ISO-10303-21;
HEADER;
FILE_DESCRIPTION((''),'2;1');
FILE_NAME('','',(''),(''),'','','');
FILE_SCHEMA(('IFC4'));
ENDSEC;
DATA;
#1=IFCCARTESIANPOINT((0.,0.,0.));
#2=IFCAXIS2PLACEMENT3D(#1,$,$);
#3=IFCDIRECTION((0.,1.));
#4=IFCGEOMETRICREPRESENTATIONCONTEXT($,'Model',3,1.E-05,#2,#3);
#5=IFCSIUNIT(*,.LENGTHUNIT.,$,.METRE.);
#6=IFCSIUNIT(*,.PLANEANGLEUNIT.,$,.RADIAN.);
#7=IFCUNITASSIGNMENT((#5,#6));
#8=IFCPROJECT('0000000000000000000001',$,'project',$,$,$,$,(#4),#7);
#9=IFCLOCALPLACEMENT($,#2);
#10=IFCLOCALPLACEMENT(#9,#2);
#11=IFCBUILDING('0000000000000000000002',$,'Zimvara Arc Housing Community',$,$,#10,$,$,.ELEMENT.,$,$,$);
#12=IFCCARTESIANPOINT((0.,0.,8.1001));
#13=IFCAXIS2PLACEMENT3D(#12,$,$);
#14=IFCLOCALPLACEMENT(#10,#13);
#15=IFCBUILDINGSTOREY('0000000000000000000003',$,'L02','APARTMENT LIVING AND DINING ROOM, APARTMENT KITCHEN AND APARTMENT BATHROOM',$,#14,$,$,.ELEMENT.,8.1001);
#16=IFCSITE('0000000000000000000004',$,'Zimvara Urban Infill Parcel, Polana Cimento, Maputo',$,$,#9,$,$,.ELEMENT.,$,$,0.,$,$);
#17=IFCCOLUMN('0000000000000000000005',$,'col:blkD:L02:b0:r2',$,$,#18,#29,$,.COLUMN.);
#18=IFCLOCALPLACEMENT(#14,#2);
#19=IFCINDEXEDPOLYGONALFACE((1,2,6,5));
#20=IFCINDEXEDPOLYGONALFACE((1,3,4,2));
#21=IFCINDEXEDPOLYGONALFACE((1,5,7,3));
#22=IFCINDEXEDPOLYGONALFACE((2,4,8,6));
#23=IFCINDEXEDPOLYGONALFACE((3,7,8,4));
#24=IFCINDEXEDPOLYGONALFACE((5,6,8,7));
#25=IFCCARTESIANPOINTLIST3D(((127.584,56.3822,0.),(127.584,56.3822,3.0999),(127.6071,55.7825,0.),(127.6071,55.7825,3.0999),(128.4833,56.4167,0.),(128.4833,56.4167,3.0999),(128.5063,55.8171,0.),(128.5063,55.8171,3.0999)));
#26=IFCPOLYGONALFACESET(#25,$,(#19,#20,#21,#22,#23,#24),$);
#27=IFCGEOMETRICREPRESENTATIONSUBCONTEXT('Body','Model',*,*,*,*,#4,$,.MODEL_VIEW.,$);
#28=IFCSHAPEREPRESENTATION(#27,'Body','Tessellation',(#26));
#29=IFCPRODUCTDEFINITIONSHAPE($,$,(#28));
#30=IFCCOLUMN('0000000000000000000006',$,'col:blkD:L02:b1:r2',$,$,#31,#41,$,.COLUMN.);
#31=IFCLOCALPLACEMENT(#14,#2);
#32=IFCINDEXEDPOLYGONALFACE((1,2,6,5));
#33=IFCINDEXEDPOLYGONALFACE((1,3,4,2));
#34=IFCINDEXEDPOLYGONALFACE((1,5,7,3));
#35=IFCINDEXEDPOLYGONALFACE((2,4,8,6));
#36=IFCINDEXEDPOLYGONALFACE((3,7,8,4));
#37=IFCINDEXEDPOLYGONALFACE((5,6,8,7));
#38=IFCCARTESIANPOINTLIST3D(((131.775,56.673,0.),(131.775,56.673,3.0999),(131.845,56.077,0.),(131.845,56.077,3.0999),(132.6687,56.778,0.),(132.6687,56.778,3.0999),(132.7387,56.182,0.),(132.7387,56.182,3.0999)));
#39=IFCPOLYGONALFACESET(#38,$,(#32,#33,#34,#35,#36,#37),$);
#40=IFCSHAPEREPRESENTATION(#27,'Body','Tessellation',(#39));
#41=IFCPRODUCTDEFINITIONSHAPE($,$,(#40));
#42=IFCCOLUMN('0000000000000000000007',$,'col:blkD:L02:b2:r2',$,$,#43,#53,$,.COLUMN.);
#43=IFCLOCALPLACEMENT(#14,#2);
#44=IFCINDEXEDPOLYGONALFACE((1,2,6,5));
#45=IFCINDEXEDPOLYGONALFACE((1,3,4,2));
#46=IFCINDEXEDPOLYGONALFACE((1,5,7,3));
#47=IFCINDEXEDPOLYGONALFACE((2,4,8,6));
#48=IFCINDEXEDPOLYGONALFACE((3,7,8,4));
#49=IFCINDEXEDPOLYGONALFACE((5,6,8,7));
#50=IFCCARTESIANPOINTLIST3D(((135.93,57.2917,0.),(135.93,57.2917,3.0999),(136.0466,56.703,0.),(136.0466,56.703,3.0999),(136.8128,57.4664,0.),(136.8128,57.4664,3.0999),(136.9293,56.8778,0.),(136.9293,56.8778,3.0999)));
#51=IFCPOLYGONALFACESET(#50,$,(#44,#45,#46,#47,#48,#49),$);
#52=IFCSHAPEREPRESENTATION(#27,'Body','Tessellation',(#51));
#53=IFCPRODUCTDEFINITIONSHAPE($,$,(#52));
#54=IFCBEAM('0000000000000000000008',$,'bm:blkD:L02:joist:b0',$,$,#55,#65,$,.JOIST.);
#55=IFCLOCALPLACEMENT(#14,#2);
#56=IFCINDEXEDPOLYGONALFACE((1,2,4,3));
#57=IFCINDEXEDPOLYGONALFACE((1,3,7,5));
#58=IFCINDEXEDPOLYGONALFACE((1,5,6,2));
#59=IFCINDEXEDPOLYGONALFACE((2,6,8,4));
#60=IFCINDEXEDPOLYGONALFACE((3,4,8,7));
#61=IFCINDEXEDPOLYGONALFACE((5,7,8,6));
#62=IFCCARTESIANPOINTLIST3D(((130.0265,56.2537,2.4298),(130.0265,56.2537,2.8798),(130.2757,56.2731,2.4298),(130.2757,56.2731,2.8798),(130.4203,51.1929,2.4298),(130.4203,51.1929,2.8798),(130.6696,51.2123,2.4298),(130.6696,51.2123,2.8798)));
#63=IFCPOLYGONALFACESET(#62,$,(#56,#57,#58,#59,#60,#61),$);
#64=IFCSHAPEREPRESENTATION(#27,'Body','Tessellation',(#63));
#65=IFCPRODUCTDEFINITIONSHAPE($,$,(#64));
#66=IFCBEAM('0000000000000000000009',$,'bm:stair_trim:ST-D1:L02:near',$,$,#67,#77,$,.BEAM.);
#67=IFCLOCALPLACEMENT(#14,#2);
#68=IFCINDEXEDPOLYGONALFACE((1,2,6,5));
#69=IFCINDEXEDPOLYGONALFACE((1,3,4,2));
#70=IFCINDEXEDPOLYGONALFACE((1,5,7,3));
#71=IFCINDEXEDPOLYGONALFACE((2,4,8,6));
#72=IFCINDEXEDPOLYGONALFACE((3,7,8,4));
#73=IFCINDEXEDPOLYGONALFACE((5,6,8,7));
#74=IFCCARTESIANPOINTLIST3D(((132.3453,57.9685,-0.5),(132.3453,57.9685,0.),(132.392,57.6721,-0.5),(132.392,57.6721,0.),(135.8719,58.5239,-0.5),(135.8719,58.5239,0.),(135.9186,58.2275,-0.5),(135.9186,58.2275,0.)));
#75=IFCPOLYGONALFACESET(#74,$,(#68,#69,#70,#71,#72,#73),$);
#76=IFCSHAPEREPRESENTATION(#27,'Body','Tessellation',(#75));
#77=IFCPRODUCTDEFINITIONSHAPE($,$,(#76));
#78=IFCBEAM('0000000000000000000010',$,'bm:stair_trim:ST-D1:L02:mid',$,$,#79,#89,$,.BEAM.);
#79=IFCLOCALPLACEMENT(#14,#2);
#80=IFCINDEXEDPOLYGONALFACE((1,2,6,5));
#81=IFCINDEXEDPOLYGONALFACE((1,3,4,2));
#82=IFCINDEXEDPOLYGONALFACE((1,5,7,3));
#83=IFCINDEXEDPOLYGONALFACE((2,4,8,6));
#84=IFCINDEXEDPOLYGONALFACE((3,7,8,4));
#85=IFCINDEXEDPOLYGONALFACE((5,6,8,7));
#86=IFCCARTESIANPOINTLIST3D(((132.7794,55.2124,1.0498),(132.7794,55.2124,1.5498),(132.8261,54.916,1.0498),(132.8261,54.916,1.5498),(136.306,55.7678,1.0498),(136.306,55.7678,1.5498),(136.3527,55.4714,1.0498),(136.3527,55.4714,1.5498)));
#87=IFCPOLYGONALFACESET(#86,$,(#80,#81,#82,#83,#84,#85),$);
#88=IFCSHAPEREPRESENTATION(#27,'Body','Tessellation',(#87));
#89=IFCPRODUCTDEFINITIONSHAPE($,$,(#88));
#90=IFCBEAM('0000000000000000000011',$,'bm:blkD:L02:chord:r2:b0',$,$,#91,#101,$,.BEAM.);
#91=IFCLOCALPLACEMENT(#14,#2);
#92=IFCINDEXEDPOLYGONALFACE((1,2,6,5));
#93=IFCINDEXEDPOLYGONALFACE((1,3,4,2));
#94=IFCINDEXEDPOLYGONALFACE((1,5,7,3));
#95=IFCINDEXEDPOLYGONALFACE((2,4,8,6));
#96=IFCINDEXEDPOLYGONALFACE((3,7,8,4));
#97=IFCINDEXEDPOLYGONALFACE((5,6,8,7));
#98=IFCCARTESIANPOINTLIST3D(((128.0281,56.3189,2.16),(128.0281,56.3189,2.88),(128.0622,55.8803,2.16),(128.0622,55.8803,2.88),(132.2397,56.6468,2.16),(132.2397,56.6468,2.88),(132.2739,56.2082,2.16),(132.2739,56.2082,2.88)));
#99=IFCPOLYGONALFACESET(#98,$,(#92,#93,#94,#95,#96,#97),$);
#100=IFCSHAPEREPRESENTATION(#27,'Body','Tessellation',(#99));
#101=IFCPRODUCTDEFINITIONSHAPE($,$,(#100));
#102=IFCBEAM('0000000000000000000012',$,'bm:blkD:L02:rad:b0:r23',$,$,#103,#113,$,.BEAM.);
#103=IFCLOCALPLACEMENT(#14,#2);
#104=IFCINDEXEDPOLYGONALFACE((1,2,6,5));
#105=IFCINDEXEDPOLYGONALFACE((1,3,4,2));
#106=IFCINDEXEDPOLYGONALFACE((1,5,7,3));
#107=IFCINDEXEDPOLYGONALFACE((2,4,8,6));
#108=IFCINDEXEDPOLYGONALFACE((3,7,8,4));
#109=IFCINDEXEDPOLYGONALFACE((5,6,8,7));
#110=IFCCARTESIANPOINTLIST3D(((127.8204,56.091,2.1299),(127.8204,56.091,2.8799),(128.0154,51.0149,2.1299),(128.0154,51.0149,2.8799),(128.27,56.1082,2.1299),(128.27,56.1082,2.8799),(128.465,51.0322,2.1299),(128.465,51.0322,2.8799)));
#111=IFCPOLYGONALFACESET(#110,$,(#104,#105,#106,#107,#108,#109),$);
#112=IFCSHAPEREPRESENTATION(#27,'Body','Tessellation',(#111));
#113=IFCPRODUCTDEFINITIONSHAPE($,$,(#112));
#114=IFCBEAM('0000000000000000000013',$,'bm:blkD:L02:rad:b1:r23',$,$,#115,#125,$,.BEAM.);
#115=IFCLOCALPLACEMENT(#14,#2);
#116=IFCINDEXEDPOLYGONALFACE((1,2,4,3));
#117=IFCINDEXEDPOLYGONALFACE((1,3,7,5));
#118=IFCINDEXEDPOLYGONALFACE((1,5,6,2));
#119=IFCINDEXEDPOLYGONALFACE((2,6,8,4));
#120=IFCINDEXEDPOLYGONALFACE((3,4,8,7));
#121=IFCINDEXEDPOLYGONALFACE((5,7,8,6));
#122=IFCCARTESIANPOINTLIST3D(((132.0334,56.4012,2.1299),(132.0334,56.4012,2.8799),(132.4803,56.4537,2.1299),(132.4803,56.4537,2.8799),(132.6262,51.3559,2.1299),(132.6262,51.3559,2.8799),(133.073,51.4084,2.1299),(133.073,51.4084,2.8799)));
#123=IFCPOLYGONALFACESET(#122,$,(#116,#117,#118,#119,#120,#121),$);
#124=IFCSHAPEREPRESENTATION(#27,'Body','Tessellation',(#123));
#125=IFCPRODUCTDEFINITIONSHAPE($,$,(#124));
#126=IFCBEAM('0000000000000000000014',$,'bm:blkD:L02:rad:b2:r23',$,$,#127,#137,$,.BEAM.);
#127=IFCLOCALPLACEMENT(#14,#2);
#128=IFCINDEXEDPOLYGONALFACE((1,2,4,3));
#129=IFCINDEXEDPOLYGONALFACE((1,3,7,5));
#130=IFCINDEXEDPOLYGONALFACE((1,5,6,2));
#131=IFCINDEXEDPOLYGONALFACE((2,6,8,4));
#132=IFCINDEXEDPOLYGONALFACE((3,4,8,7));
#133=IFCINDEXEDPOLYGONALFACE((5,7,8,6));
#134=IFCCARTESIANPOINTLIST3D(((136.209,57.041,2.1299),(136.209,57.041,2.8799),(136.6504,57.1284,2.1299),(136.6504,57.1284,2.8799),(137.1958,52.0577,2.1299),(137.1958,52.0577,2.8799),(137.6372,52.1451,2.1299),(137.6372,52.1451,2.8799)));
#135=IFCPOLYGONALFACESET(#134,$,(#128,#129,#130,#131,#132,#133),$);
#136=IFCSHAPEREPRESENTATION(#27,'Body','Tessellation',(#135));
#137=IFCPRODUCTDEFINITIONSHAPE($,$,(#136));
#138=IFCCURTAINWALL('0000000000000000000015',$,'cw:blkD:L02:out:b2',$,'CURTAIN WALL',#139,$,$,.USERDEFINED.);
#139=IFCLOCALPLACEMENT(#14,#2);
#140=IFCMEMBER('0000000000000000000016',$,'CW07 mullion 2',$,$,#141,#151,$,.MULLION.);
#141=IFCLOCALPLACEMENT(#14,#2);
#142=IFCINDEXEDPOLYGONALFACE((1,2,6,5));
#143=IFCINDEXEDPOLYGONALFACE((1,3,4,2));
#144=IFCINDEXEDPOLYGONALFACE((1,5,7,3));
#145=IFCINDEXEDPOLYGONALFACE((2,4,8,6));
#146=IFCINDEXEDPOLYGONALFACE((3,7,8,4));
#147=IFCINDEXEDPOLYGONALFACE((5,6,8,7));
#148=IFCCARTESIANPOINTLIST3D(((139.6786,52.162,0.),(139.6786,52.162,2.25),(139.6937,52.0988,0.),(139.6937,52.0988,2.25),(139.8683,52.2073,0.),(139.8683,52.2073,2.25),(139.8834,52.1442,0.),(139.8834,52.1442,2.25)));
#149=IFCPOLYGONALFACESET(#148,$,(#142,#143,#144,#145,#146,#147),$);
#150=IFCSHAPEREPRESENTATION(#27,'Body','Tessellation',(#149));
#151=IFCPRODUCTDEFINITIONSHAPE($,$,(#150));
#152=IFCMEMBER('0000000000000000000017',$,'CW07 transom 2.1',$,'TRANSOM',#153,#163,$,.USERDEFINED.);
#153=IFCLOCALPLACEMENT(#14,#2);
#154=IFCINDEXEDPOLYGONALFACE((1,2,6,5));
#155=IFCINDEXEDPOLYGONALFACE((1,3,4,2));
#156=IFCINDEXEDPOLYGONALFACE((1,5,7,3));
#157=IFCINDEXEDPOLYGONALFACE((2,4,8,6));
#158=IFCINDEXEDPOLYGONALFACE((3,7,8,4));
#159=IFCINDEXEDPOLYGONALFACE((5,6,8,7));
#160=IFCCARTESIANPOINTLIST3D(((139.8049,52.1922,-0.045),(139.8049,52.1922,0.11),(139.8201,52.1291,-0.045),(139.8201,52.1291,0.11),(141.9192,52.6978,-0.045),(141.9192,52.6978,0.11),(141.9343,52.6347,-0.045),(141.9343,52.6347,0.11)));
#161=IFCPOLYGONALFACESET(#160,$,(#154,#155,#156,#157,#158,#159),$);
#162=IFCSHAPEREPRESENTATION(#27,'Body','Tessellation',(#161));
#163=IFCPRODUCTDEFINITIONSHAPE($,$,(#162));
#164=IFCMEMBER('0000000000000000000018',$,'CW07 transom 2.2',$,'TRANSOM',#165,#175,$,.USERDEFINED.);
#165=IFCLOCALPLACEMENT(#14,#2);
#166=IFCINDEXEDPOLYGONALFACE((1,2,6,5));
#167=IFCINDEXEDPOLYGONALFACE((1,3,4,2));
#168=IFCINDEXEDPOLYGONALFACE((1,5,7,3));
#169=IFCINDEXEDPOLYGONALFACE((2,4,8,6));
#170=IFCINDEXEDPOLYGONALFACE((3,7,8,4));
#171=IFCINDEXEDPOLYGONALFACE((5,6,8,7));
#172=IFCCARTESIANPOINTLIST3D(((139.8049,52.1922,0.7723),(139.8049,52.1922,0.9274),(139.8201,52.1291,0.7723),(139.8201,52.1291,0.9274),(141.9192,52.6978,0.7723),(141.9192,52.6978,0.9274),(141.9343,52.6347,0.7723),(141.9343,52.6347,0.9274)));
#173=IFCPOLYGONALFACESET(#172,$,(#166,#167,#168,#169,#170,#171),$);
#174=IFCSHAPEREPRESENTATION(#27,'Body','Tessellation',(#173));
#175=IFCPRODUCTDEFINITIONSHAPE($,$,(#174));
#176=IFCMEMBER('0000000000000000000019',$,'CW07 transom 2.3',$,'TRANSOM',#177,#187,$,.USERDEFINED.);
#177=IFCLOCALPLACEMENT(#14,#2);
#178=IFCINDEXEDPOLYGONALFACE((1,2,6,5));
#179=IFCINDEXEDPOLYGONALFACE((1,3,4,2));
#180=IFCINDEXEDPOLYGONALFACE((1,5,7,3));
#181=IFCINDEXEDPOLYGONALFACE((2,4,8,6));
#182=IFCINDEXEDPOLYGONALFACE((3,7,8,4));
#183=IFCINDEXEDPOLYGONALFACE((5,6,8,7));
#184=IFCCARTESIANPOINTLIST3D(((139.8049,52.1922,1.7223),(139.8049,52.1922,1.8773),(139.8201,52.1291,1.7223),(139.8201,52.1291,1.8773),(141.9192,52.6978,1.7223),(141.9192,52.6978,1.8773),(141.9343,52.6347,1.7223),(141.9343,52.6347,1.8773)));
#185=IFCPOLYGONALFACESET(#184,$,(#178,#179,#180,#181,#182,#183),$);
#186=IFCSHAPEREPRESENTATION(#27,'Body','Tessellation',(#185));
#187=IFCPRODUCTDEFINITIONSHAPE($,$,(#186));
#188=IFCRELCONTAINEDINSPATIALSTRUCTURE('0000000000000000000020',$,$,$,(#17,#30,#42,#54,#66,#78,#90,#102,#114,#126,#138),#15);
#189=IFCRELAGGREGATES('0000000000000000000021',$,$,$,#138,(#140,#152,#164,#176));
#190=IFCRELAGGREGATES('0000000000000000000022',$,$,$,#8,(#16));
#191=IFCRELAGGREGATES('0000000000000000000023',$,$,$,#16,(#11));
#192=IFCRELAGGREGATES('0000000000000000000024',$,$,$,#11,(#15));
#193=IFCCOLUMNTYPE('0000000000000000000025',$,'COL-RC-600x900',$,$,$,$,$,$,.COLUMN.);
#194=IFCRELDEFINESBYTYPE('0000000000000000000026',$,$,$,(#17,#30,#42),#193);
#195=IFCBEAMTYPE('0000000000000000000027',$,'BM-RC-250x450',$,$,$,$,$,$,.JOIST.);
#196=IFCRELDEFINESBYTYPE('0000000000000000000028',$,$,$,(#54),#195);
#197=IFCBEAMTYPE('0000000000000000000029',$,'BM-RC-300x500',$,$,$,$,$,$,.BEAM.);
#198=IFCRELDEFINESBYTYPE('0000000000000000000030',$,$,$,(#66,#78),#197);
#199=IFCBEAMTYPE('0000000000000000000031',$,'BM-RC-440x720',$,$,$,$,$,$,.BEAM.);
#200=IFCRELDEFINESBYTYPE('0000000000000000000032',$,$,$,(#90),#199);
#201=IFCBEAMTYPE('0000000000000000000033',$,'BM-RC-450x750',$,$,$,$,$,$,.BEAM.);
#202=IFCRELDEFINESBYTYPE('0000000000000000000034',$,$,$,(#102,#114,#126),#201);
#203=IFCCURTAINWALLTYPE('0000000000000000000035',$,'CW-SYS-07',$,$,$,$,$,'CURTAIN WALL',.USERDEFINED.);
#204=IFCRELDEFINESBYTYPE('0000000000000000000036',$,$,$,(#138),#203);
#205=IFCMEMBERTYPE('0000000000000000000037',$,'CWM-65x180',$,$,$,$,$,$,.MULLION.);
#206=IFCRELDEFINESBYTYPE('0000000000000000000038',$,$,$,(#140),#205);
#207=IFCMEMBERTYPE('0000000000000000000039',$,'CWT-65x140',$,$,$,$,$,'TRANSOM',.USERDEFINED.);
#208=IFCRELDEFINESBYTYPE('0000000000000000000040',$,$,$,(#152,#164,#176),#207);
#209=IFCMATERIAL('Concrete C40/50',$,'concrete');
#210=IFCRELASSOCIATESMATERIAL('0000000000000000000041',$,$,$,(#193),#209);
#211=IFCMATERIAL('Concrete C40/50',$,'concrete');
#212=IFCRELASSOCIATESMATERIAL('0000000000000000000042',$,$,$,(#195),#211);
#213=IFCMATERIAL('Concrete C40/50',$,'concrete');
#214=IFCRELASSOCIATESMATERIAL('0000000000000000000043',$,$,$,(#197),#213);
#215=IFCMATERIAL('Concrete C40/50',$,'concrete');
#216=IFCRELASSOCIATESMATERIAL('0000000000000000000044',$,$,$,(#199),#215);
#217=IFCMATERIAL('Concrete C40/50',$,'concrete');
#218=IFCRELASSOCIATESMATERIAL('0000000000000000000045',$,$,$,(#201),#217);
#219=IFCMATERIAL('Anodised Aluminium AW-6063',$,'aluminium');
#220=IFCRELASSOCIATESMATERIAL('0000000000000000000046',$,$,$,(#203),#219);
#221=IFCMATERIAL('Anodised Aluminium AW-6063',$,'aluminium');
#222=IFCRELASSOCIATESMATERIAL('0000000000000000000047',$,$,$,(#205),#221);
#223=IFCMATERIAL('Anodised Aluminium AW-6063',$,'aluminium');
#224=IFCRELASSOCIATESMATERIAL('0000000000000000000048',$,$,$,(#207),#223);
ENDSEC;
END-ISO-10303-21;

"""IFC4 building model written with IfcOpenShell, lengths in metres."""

from ifc_helpers import new_model, si_unit, direction, frame, origin, origin_2d, place, context, subcontext, project, spatial, rectangle, extrude, material, material_profile, profile_set, type_object, element, aggregate, save


model = new_model("IFC4")

# Units and contexts
model_context = context("Model", 3, precision=1e-05, world=origin(), true_north=direction((0.0, 1.0)))
body_context = subcontext(model_context, "Body", "Model", "MODEL_VIEW")
ifc_project = project(units=[si_unit("LENGTHUNIT", "METRE"), si_unit("PLANEANGLEUNIT", "RADIAN")], contexts=[model_context])

# Site, building, storey
site_placement = place(None, origin())
site = spatial("IfcSite", under=ifc_project, at=site_placement, Name="Zimvara Urban Infill Parcel, Polana Cimento, Maputo", CompositionType="ELEMENT", RefElevation=0.0)
building_placement = place(site_placement, origin())
building = spatial("IfcBuilding", under=site, at=building_placement, Name="Zimvara Arc Housing Community", CompositionType="ELEMENT")
storey_placement = place(building_placement, frame((0.0, 0.0, 8.1001)))
storey = spatial("IfcBuildingStorey", under=building, at=storey_placement, Name="L02", Description="APARTMENT LIVING AND DINING ROOM, APARTMENT KITCHEN AND APARTMENT BATHROOM", CompositionType="ELEMENT", Elevation=8.1001)

# Columns
ifc_material_1 = material(Name="Concrete C40/50", Category="concrete")
ifc_material_profile_1 = material_profile(ifc_material_1, rectangle(XDim=0.6001, YDim=0.8999, at=origin_2d()), Name="RC 600x900")
ifc_profile_set_1 = profile_set([ifc_material_profile_1], Name="Concrete C40/50")
column_type = type_object("IfcColumnType", Name="COL-RC-600x900", PredefinedType="COLUMN", material=ifc_profile_set_1)
for number, where, z_axis, x_axis, name in (
    (1, (128.0452, 56.0996, 0.0), (0.0, 0.0, 1.0), (0.038388, -0.999263, 0.0), "col:blkD:L02:b0:r2"),
    (2, (132.2568, 56.4275, 0.0), (0.0, 0.0, 1.0), (0.116671, -0.993171, 0.0), "col:blkD:L02:b1:r2"),
    (3, (136.4297, 57.0847, 0.0), (0.0, 0.0, 1.0), (0.194234, -0.980955, 0.0), "col:blkD:L02:b2:r2"),
):
    element("IfcColumn", number, at=place(storey_placement, frame(where, z_axis=z_axis, x_axis=x_axis)), inside=storey, type_object=column_type, Name=name, PredefinedType="COLUMN", context=body_context, shape_type="SweptSolid", body=[
        extrude(rectangle(XDim=0.6001, YDim=0.8999, at=origin_2d()), origin(), (0.0, 0.0, 1.0), 3.0999),
    ])

# Beams
ifc_material_2 = material(Name="Concrete C40/50", Category="concrete")
ifc_material_profile_2 = material_profile(ifc_material_2, rectangle(XDim=0.25, YDim=0.45, at=origin_2d()), Name="RC 250x450")
ifc_profile_set_2 = profile_set([ifc_material_profile_2], Name="Concrete C40/50")
beam_type_1 = type_object("IfcBeamType", Name="BM-RC-250x450", PredefinedType="JOIST", material=ifc_profile_set_2)
beam_1_placement = place(storey_placement, frame((130.1511, 56.2634, 2.6548), z_axis=(0.077579, -0.996986, 0.0), x_axis=(0.996986, 0.077579, 0.0)))
element("IfcBeam", 4, at=beam_1_placement, inside=storey, type_object=beam_type_1, Name="bm:blkD:L02:joist:b0", PredefinedType="JOIST", context=body_context, shape_type="SweptSolid", body=[
    extrude(rectangle(XDim=0.25, YDim=0.45, at=origin_2d()), origin(), (0.0, 0.0, 1.0), 5.0762),
])
ifc_material_3 = material(Name="Concrete C40/50", Category="concrete")
ifc_material_profile_3 = material_profile(ifc_material_3, rectangle(XDim=0.3, YDim=0.5, at=origin_2d()), Name="RC 300x500")
ifc_profile_set_3 = profile_set([ifc_material_profile_3], Name="Concrete C40/50")
beam_type_2 = type_object("IfcBeamType", Name="BM-RC-300x500", PredefinedType="BEAM", material=ifc_profile_set_3)
for number, where, z_axis, x_axis, name in (
    (5, (132.3687, 57.8203, -0.25), (0.987824, 0.155576, 0.0), (-0.155576, 0.987824, 0.0), "bm:stair_trim:ST-D1:L02:near"),
    (6, (132.8027, 55.0642, 1.2998), (0.987824, 0.155576, 0.0), (-0.155576, 0.987824, 0.0), "bm:stair_trim:ST-D1:L02:mid"),
):
    element("IfcBeam", number, at=place(storey_placement, frame(where, z_axis=z_axis, x_axis=x_axis)), inside=storey, type_object=beam_type_2, Name=name, PredefinedType="BEAM", context=body_context, shape_type="SweptSolid", body=[
        extrude(rectangle(XDim=0.3, YDim=0.5, at=origin_2d()), origin(), (0.0, 0.0, 1.0), 3.5701),
    ])
ifc_material_4 = material(Name="Concrete C40/50", Category="concrete")
ifc_material_profile_4 = material_profile(ifc_material_4, rectangle(XDim=0.4399, YDim=0.72, at=origin_2d()), Name="RC 440x720")
ifc_profile_set_4 = profile_set([ifc_material_profile_4], Name="Concrete C40/50")
beam_type_3 = type_object("IfcBeamType", Name="BM-RC-440x720", PredefinedType="BEAM", material=ifc_profile_set_4)
beam_2_placement = place(storey_placement, frame((128.0452, 56.0996, 2.52), z_axis=(0.996983, 0.077616, 0.0), x_axis=(-0.077616, 0.996983, 0.0)))
element("IfcBeam", 7, at=beam_2_placement, inside=storey, type_object=beam_type_3, Name="bm:blkD:L02:chord:r2:b0", PredefinedType="BEAM", context=body_context, shape_type="SweptSolid", body=[
    extrude(rectangle(XDim=0.4399, YDim=0.72, at=origin_2d()), origin(), (0.0, 0.0, 1.0), 4.2244),
])
ifc_material_5 = material(Name="Concrete C40/50", Category="concrete")
ifc_material_profile_5 = material_profile(ifc_material_5, rectangle(XDim=0.45, YDim=0.75, at=origin_2d()), Name="RC 450x750")
ifc_profile_set_5 = profile_set([ifc_material_profile_5], Name="Concrete C40/50")
beam_type_4 = type_object("IfcBeamType", Name="BM-RC-450x750", PredefinedType="BEAM", material=ifc_profile_set_5)
beam_3_placement = place(storey_placement, frame((128.0452, 56.0996, 2.5049), z_axis=(0.0384, -0.999262, 0.0), x_axis=(0.999262, 0.0384, 0.0)))
element("IfcBeam", 8, at=beam_3_placement, inside=storey, type_object=beam_type_4, Name="bm:blkD:L02:rad:b0:r23", PredefinedType="BEAM", context=body_context, shape_type="SweptSolid", body=[
    extrude(rectangle(XDim=0.45, YDim=0.75, at=origin_2d()), origin(), (0.0, 0.0, 1.0), 5.0798),
])
for number, where, z_axis, x_axis, name in (
    (9, (132.2568, 56.4275, 2.5049), (0.116685, -0.993169, 0.0), (0.993169, 0.116685, 0.0), "bm:blkD:L02:rad:b1:r23"),
    (10, (136.4297, 57.0847, 2.5049), (0.194249, -0.980952, 0.0), (0.980952, 0.194249, 0.0), "bm:blkD:L02:rad:b2:r23"),
):
    element("IfcBeam", number, at=place(storey_placement, frame(where, z_axis=z_axis, x_axis=x_axis)), inside=storey, type_object=beam_type_4, Name=name, PredefinedType="BEAM", context=body_context, shape_type="SweptSolid", body=[
        extrude(rectangle(XDim=0.45, YDim=0.75, at=origin_2d()), origin(), (0.0, 0.0, 1.0), 5.0801),
    ])

# Curtain wall, members
ifc_material_6 = material(Name="Anodised Aluminium AW-6063", Category="aluminium")
curtain_wall_type = type_object("IfcCurtainWallType", Name="CW-SYS-07", ElementType="CURTAIN WALL", PredefinedType="USERDEFINED", material=ifc_material_6)
curtain_wall_placement = place(storey_placement, origin())
curtain_wall = element("IfcCurtainWall", 11, at=curtain_wall_placement, inside=storey, type_object=curtain_wall_type, Name="cw:blkD:L02:out:b2", ObjectType="CURTAIN WALL", PredefinedType="USERDEFINED")
ifc_material_7 = material(Name="Anodised Aluminium AW-6063", Category="aluminium")
ifc_material_profile_6 = material_profile(ifc_material_7, rectangle(XDim=0.0649, YDim=0.1951, at=origin_2d()), Name="ALU 65x195")
ifc_profile_set_6 = profile_set([ifc_material_profile_6], Name="Anodised Aluminium AW-6063")
member_type_1 = type_object("IfcMemberType", Name="CWM-65x180", PredefinedType="MULLION", material=ifc_profile_set_6)
member_1_placement = place(storey_placement, frame((139.781, 52.1531, 0.0), z_axis=(0.0, 0.0, 1.0), x_axis=(-0.232597, 0.972573, 0.0)))
member_1 = element("IfcMember", 12, at=member_1_placement, type_object=member_type_1, Name="CW07 mullion 2", PredefinedType="MULLION", context=body_context, shape_type="SweptSolid", body=[
    extrude(rectangle(XDim=0.0649, YDim=0.1951, at=origin_2d()), origin(), (0.0, 0.0, 1.0), 2.25),
])
ifc_material_8 = material(Name="Anodised Aluminium AW-6063", Category="aluminium")
ifc_material_profile_7 = material_profile(ifc_material_8, rectangle(XDim=0.0649, YDim=0.155, at=origin_2d()), Name="ALU 65x155")
ifc_profile_set_7 = profile_set([ifc_material_profile_7], Name="Anodised Aluminium AW-6063")
member_type_2 = type_object("IfcMemberType", Name="CWT-65x140", ElementType="TRANSOM", PredefinedType="USERDEFINED", material=ifc_profile_set_7)
member_2_placement = place(storey_placement, frame((139.8125, 52.1606, 0.0325), z_axis=(0.972576, 0.232587, 0.0), x_axis=(-0.232587, 0.972576, 0.0)))
member_2 = element("IfcMember", 13, at=member_2_placement, type_object=member_type_2, Name="CW07 transom 2.1", ObjectType="TRANSOM", PredefinedType="USERDEFINED", context=body_context, shape_type="SweptSolid", body=[
    extrude(rectangle(XDim=0.0649, YDim=0.155, at=origin_2d()), origin(), (0.0, 0.0, 1.0), 2.1738),
])
member_3_placement = place(storey_placement, frame((139.8125, 52.1606, 0.8499), z_axis=(0.972576, 0.232587, 0.0), x_axis=(-0.232587, 0.972576, 0.0)))
member_3 = element("IfcMember", 14, at=member_3_placement, type_object=member_type_2, Name="CW07 transom 2.2", ObjectType="TRANSOM", PredefinedType="USERDEFINED", context=body_context, shape_type="SweptSolid", body=[
    extrude(rectangle(XDim=0.0649, YDim=0.155, at=origin_2d()), origin(), (0.0, 0.0, 1.0), 2.1738),
])
member_4_placement = place(storey_placement, frame((139.8125, 52.1606, 1.7998), z_axis=(0.972576, 0.232587, 0.0), x_axis=(-0.232587, 0.972576, 0.0)))
member_4 = element("IfcMember", 15, at=member_4_placement, type_object=member_type_2, Name="CW07 transom 2.3", ObjectType="TRANSOM", PredefinedType="USERDEFINED", context=body_context, shape_type="SweptSolid", body=[
    extrude(rectangle(XDim=0.0649, YDim=0.155, at=origin_2d()), origin(), (0.0, 0.0, 1.0), 2.1738),
])
aggregate(curtain_wall, [member_1, member_2, member_3, member_4])

save(model, "model.ifc")
